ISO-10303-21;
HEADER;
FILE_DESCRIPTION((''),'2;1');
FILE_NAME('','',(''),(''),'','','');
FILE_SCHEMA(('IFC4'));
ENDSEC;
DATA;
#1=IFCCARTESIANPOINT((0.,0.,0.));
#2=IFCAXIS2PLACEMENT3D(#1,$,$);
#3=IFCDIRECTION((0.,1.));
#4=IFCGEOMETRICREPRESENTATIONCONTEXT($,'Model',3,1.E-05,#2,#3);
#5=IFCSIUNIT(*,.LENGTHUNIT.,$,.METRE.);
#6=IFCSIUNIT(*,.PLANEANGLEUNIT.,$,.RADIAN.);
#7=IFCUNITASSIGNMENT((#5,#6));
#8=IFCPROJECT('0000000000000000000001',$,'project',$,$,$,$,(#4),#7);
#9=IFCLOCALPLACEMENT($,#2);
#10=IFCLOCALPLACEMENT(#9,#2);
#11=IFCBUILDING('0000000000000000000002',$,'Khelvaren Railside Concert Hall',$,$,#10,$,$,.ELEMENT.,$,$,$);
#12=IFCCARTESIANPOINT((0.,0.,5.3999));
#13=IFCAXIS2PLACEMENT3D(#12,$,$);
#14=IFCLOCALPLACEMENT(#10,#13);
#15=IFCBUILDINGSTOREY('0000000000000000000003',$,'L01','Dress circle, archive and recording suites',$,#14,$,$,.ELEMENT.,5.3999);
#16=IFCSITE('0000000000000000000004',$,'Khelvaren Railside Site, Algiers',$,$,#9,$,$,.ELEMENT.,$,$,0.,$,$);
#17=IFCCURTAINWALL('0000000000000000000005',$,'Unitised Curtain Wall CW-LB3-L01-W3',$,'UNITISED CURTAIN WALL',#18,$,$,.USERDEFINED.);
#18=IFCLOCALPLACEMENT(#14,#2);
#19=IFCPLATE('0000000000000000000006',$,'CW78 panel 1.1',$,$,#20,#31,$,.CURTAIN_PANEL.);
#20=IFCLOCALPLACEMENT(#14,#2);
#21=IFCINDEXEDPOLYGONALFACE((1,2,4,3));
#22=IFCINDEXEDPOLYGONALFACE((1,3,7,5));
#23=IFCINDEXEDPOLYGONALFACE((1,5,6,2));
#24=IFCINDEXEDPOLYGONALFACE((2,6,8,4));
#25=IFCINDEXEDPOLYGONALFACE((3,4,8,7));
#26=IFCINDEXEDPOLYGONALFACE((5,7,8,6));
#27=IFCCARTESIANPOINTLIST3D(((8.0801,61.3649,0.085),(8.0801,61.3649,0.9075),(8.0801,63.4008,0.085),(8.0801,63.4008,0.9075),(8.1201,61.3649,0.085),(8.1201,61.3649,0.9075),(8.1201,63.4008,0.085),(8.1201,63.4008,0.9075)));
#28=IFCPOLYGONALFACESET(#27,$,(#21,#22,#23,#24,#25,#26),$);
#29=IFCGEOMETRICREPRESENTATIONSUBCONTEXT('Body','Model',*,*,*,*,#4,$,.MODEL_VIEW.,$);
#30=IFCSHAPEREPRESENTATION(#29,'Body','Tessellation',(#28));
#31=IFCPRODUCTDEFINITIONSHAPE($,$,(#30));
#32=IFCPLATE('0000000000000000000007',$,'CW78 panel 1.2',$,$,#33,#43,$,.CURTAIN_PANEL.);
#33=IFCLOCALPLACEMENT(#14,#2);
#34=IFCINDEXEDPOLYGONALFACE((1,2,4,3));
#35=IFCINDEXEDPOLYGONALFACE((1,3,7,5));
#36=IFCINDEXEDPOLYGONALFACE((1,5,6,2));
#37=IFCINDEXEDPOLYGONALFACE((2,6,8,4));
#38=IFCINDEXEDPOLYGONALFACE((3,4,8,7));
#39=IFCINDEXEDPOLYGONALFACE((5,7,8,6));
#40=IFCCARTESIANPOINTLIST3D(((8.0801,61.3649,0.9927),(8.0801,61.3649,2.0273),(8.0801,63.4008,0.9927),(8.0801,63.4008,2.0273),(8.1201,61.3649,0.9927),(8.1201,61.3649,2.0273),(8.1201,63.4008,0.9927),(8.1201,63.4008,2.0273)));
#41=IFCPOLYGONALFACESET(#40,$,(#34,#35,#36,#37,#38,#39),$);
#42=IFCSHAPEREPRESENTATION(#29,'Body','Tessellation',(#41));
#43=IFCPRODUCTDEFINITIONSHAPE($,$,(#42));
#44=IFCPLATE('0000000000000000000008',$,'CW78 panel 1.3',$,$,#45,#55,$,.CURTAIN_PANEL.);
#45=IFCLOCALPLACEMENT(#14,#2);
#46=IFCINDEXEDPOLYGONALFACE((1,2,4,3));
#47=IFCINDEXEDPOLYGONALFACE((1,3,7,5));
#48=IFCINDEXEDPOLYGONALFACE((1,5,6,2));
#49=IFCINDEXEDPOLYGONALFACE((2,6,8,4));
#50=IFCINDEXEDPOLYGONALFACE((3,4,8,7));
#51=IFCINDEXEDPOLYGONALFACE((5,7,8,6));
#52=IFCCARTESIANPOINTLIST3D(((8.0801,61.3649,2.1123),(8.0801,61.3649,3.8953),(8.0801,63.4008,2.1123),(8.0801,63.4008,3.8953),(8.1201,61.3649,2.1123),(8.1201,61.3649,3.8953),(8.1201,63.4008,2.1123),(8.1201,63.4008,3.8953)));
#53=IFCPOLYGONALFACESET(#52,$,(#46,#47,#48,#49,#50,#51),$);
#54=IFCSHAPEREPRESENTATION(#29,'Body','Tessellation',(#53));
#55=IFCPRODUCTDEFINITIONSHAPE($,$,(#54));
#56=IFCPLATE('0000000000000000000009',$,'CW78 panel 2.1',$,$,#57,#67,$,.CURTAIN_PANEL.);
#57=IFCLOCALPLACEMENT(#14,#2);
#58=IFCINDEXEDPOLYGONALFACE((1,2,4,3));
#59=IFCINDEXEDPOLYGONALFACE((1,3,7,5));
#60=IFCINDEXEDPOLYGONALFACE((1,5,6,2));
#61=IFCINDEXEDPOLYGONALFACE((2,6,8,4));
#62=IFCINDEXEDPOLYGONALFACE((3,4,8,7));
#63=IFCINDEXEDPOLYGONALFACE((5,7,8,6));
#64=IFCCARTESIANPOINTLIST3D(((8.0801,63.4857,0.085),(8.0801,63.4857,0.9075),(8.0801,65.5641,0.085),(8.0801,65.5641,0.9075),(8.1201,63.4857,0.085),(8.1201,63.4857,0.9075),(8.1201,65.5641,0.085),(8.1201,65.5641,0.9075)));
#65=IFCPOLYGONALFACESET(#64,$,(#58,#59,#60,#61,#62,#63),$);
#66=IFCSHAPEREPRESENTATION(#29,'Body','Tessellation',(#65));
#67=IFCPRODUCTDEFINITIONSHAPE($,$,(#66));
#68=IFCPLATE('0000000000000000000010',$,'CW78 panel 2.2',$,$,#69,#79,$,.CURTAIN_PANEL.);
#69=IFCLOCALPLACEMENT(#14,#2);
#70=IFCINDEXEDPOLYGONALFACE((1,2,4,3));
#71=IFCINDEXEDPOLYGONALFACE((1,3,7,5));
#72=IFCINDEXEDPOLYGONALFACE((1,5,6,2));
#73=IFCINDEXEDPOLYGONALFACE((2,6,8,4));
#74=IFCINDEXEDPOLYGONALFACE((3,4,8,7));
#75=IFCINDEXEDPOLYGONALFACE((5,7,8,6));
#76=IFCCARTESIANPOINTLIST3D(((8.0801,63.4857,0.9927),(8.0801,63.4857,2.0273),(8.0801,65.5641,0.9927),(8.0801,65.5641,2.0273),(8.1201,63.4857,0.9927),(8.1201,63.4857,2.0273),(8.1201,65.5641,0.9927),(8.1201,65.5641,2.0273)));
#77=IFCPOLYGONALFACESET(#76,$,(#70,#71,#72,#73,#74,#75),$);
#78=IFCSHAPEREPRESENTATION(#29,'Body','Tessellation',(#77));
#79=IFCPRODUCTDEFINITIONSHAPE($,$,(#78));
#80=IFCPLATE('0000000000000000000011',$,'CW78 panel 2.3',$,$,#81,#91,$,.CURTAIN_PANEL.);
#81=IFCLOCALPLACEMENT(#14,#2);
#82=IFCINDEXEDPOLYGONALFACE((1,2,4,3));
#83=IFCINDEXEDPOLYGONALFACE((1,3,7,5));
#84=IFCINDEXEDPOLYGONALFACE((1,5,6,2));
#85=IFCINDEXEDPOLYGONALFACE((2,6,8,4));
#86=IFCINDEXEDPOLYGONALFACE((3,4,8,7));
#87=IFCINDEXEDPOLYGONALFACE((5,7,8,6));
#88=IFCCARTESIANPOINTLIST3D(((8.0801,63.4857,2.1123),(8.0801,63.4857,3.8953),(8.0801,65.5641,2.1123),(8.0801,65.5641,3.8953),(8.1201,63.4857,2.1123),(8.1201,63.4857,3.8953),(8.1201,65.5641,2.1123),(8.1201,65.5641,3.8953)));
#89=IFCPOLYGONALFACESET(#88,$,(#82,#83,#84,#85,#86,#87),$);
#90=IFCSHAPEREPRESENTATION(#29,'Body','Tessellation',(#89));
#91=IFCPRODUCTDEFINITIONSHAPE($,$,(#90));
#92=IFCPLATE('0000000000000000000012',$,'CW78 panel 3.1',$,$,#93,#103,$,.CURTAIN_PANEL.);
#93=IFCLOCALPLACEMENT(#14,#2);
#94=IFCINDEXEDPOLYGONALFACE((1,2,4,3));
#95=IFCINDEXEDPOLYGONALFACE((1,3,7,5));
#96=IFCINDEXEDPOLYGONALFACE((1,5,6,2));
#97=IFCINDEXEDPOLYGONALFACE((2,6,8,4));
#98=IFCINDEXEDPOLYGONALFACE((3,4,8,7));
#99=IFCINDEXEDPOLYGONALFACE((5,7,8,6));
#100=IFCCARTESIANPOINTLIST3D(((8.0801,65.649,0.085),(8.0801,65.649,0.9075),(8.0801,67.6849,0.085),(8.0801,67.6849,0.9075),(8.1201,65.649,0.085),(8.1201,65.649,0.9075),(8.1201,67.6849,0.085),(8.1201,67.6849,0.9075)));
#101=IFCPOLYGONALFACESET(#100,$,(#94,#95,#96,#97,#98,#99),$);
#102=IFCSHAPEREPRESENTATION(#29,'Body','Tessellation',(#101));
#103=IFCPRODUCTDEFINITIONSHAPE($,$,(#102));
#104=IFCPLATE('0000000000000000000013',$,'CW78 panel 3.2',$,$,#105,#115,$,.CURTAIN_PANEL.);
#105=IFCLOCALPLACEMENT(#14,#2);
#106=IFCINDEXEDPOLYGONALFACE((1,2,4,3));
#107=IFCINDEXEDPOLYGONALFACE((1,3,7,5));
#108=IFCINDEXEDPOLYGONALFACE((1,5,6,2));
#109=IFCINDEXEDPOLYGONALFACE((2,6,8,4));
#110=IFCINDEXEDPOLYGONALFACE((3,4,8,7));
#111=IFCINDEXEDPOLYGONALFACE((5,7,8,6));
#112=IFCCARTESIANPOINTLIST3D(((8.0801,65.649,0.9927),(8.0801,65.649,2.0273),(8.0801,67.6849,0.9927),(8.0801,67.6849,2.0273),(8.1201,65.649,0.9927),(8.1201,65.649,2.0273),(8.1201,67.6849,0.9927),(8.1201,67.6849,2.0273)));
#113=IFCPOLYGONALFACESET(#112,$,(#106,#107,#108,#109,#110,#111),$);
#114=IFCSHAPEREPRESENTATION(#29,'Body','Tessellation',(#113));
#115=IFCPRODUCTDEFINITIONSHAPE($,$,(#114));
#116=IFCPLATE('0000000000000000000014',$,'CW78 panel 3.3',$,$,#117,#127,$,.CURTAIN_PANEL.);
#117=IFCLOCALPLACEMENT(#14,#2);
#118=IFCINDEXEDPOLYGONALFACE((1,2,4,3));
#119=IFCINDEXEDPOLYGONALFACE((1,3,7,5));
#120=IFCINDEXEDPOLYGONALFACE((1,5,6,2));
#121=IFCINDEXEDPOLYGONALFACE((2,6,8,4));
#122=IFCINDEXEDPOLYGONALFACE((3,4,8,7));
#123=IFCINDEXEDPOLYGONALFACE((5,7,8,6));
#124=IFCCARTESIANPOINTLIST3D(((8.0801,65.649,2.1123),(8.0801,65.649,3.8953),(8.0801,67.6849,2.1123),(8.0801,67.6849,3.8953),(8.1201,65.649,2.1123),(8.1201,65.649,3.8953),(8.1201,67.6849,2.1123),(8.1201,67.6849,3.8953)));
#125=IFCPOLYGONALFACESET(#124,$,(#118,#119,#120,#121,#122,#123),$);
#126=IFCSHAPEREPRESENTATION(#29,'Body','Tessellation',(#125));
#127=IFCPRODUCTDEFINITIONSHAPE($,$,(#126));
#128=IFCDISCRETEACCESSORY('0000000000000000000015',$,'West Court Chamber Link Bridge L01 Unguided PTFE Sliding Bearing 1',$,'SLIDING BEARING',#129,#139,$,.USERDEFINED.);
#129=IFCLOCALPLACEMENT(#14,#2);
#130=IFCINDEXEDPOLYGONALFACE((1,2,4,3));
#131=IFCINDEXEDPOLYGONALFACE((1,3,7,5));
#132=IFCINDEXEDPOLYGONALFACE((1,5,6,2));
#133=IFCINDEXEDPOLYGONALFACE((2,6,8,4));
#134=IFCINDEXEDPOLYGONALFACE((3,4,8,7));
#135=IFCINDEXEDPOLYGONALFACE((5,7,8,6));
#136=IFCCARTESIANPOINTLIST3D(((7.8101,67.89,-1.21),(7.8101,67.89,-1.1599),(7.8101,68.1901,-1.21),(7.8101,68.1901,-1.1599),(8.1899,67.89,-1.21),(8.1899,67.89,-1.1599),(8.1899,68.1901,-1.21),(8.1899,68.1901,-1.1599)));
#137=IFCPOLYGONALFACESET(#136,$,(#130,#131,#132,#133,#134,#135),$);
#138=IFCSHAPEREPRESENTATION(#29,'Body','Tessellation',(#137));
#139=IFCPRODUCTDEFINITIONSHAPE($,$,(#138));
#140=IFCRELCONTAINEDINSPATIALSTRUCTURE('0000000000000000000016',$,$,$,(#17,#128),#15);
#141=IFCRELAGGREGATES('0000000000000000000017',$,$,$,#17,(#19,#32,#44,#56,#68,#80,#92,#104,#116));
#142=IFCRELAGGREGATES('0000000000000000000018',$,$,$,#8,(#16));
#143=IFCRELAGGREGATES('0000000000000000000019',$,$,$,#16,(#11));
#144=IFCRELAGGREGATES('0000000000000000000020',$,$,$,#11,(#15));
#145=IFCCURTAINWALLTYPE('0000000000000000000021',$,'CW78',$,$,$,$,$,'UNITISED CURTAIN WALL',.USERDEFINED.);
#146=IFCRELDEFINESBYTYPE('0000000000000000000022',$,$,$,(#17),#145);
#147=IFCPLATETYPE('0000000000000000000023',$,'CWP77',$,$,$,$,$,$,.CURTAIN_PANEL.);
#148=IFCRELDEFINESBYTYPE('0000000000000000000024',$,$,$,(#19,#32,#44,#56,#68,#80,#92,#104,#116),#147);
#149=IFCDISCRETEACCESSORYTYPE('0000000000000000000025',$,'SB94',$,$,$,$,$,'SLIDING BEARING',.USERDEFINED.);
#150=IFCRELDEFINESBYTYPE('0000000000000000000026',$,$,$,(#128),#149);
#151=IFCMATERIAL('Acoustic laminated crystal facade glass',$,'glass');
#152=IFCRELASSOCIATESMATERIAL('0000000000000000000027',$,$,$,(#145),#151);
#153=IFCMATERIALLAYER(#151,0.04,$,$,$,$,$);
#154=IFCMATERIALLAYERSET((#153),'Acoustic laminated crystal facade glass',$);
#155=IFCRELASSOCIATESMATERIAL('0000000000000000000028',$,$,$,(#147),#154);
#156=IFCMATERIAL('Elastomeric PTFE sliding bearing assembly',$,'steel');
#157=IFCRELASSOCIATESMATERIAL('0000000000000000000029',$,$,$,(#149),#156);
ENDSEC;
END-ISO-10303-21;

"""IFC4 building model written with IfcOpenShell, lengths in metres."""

from ifc_helpers import new_model, si_unit, direction, frame, origin, origin_2d, place, context, subcontext, project, spatial, rectangle, extrude, material, layer, layer_set, type_object, element, aggregate, save


model = new_model("IFC4")

# Units and contexts
model_context = context("Model", 3, precision=1e-05, world=origin(), true_north=direction((0.0, 1.0)))
body_context = subcontext(model_context, "Body", "Model", "MODEL_VIEW")
ifc_project = project(units=[si_unit("LENGTHUNIT", "METRE"), si_unit("PLANEANGLEUNIT", "RADIAN")], contexts=[model_context])

# Site, building, storey
site_placement = place(None, origin())
site = spatial("IfcSite", under=ifc_project, at=site_placement, Name="Khelvaren Railside Site, Algiers", CompositionType="ELEMENT", RefElevation=0.0)
building_placement = place(site_placement, origin())
building = spatial("IfcBuilding", under=site, at=building_placement, Name="Khelvaren Railside Concert Hall", CompositionType="ELEMENT")
storey_placement = place(building_placement, frame((0.0, 0.0, 5.3999)))
storey = spatial("IfcBuildingStorey", under=building, at=storey_placement, Name="L01", Description="Dress circle, archive and recording suites", CompositionType="ELEMENT", Elevation=5.3999)

# Curtain wall
ifc_material_1 = material(Name="Acoustic laminated crystal facade glass", Category="glass")
curtain_wall_type = type_object("IfcCurtainWallType", Name="CW78", ElementType="UNITISED CURTAIN WALL", PredefinedType="USERDEFINED", material=ifc_material_1)
curtain_wall_placement = place(storey_placement, origin())
curtain_wall = element("IfcCurtainWall", 1, at=curtain_wall_placement, inside=storey, type_object=curtain_wall_type, Name="Unitised Curtain Wall CW-LB3-L01-W3", ObjectType="UNITISED CURTAIN WALL", PredefinedType="USERDEFINED")

# Plates
ifc_layer = layer(ifc_material_1, 0.04)
ifc_layer_set = layer_set([ifc_layer], Name="Acoustic laminated crystal facade glass")
plate_type = type_object("IfcPlateType", Name="CWP77", PredefinedType="CURTAIN_PANEL", material=ifc_layer_set)
plate_1_placement = place(storey_placement, frame((8.1001, 62.3828, 0.085), z_axis=(0.0, 0.0, 1.0), x_axis=(0.0, 1.0, 0.0)))
plate_1 = element("IfcPlate", 2, at=plate_1_placement, type_object=plate_type, Name="CW78 panel 1.1", PredefinedType="CURTAIN_PANEL", context=body_context, shape_type="SweptSolid", body=[
    extrude(rectangle(XDim=2.0359, YDim=0.04, at=origin_2d()), origin(), (0.0, 0.0, 1.0), 0.8225),
])
plate_2_placement = place(storey_placement, frame((8.1001, 62.3828, 0.9927), z_axis=(0.0, 0.0, 1.0), x_axis=(0.0, 1.0, 0.0)))
plate_2 = element("IfcPlate", 3, at=plate_2_placement, type_object=plate_type, Name="CW78 panel 1.2", PredefinedType="CURTAIN_PANEL", context=body_context, shape_type="SweptSolid", body=[
    extrude(rectangle(XDim=2.0359, YDim=0.04, at=origin_2d()), origin(), (0.0, 0.0, 1.0), 1.0347),
])
plate_3_placement = place(storey_placement, frame((8.1001, 62.3828, 2.1123), z_axis=(0.0, 0.0, 1.0), x_axis=(0.0, 1.0, 0.0)))
plate_3 = element("IfcPlate", 4, at=plate_3_placement, type_object=plate_type, Name="CW78 panel 1.3", PredefinedType="CURTAIN_PANEL", context=body_context, shape_type="SweptSolid", body=[
    extrude(rectangle(XDim=2.0359, YDim=0.04, at=origin_2d()), origin(), (0.0, 0.0, 1.0), 1.783),
])
plate_4_placement = place(storey_placement, frame((8.1001, 64.5249, 0.085), z_axis=(0.0, 0.0, 1.0), x_axis=(0.0, 1.0, 0.0)))
plate_4 = element("IfcPlate", 5, at=plate_4_placement, type_object=plate_type, Name="CW78 panel 2.1", PredefinedType="CURTAIN_PANEL", context=body_context, shape_type="SweptSolid", body=[
    extrude(rectangle(XDim=2.0784, YDim=0.04, at=origin_2d()), origin(), (0.0, 0.0, 1.0), 0.8225),
])
plate_5_placement = place(storey_placement, frame((8.1001, 64.5249, 0.9927), z_axis=(0.0, 0.0, 1.0), x_axis=(0.0, 1.0, 0.0)))
plate_5 = element("IfcPlate", 6, at=plate_5_placement, type_object=plate_type, Name="CW78 panel 2.2", PredefinedType="CURTAIN_PANEL", context=body_context, shape_type="SweptSolid", body=[
    extrude(rectangle(XDim=2.0784, YDim=0.04, at=origin_2d()), origin(), (0.0, 0.0, 1.0), 1.0347),
])
plate_6_placement = place(storey_placement, frame((8.1001, 64.5249, 2.1123), z_axis=(0.0, 0.0, 1.0), x_axis=(0.0, 1.0, 0.0)))
plate_6 = element("IfcPlate", 7, at=plate_6_placement, type_object=plate_type, Name="CW78 panel 2.3", PredefinedType="CURTAIN_PANEL", context=body_context, shape_type="SweptSolid", body=[
    extrude(rectangle(XDim=2.0784, YDim=0.04, at=origin_2d()), origin(), (0.0, 0.0, 1.0), 1.783),
])
plate_7_placement = place(storey_placement, frame((8.1001, 66.667, 0.085), z_axis=(0.0, 0.0, 1.0), x_axis=(0.0, 1.0, 0.0)))
plate_7 = element("IfcPlate", 8, at=plate_7_placement, type_object=plate_type, Name="CW78 panel 3.1", PredefinedType="CURTAIN_PANEL", context=body_context, shape_type="SweptSolid", body=[
    extrude(rectangle(XDim=2.0359, YDim=0.04, at=origin_2d()), origin(), (0.0, 0.0, 1.0), 0.8225),
])
plate_8_placement = place(storey_placement, frame((8.1001, 66.667, 0.9927), z_axis=(0.0, 0.0, 1.0), x_axis=(0.0, 1.0, 0.0)))
plate_8 = element("IfcPlate", 9, at=plate_8_placement, type_object=plate_type, Name="CW78 panel 3.2", PredefinedType="CURTAIN_PANEL", context=body_context, shape_type="SweptSolid", body=[
    extrude(rectangle(XDim=2.0359, YDim=0.04, at=origin_2d()), origin(), (0.0, 0.0, 1.0), 1.0347),
])
plate_9_placement = place(storey_placement, frame((8.1001, 66.667, 2.1123), z_axis=(0.0, 0.0, 1.0), x_axis=(0.0, 1.0, 0.0)))
plate_9 = element("IfcPlate", 10, at=plate_9_placement, type_object=plate_type, Name="CW78 panel 3.3", PredefinedType="CURTAIN_PANEL", context=body_context, shape_type="SweptSolid", body=[
    extrude(rectangle(XDim=2.0359, YDim=0.04, at=origin_2d()), origin(), (0.0, 0.0, 1.0), 1.783),
])
aggregate(curtain_wall, [plate_1, plate_2, plate_3, plate_4, plate_5, plate_6, plate_7, plate_8, plate_9])

# Discrete accessory
ifc_material_2 = material(Name="Elastomeric PTFE sliding bearing assembly", Category="steel")
discrete_accessory_type = type_object("IfcDiscreteAccessoryType", Name="SB94", ElementType="SLIDING BEARING", PredefinedType="USERDEFINED", material=ifc_material_2)
discrete_accessory_placement = place(storey_placement, frame((8.0, 68.04, -1.21), z_axis=(0.0, 0.0, 1.0), x_axis=(0.0, 1.0, 0.0)))
element("IfcDiscreteAccessory", 11, at=discrete_accessory_placement, inside=storey, type_object=discrete_accessory_type, Name="West Court Chamber Link Bridge L01 Unguided PTFE Sliding Bearing 1", ObjectType="SLIDING BEARING", PredefinedType="USERDEFINED", context=body_context, shape_type="SweptSolid", body=[
    extrude(rectangle(XDim=0.3, YDim=0.3799, at=origin_2d()), origin(), (0.0, 0.0, 1.0), 0.05),
])

save(model, "model.ifc")
